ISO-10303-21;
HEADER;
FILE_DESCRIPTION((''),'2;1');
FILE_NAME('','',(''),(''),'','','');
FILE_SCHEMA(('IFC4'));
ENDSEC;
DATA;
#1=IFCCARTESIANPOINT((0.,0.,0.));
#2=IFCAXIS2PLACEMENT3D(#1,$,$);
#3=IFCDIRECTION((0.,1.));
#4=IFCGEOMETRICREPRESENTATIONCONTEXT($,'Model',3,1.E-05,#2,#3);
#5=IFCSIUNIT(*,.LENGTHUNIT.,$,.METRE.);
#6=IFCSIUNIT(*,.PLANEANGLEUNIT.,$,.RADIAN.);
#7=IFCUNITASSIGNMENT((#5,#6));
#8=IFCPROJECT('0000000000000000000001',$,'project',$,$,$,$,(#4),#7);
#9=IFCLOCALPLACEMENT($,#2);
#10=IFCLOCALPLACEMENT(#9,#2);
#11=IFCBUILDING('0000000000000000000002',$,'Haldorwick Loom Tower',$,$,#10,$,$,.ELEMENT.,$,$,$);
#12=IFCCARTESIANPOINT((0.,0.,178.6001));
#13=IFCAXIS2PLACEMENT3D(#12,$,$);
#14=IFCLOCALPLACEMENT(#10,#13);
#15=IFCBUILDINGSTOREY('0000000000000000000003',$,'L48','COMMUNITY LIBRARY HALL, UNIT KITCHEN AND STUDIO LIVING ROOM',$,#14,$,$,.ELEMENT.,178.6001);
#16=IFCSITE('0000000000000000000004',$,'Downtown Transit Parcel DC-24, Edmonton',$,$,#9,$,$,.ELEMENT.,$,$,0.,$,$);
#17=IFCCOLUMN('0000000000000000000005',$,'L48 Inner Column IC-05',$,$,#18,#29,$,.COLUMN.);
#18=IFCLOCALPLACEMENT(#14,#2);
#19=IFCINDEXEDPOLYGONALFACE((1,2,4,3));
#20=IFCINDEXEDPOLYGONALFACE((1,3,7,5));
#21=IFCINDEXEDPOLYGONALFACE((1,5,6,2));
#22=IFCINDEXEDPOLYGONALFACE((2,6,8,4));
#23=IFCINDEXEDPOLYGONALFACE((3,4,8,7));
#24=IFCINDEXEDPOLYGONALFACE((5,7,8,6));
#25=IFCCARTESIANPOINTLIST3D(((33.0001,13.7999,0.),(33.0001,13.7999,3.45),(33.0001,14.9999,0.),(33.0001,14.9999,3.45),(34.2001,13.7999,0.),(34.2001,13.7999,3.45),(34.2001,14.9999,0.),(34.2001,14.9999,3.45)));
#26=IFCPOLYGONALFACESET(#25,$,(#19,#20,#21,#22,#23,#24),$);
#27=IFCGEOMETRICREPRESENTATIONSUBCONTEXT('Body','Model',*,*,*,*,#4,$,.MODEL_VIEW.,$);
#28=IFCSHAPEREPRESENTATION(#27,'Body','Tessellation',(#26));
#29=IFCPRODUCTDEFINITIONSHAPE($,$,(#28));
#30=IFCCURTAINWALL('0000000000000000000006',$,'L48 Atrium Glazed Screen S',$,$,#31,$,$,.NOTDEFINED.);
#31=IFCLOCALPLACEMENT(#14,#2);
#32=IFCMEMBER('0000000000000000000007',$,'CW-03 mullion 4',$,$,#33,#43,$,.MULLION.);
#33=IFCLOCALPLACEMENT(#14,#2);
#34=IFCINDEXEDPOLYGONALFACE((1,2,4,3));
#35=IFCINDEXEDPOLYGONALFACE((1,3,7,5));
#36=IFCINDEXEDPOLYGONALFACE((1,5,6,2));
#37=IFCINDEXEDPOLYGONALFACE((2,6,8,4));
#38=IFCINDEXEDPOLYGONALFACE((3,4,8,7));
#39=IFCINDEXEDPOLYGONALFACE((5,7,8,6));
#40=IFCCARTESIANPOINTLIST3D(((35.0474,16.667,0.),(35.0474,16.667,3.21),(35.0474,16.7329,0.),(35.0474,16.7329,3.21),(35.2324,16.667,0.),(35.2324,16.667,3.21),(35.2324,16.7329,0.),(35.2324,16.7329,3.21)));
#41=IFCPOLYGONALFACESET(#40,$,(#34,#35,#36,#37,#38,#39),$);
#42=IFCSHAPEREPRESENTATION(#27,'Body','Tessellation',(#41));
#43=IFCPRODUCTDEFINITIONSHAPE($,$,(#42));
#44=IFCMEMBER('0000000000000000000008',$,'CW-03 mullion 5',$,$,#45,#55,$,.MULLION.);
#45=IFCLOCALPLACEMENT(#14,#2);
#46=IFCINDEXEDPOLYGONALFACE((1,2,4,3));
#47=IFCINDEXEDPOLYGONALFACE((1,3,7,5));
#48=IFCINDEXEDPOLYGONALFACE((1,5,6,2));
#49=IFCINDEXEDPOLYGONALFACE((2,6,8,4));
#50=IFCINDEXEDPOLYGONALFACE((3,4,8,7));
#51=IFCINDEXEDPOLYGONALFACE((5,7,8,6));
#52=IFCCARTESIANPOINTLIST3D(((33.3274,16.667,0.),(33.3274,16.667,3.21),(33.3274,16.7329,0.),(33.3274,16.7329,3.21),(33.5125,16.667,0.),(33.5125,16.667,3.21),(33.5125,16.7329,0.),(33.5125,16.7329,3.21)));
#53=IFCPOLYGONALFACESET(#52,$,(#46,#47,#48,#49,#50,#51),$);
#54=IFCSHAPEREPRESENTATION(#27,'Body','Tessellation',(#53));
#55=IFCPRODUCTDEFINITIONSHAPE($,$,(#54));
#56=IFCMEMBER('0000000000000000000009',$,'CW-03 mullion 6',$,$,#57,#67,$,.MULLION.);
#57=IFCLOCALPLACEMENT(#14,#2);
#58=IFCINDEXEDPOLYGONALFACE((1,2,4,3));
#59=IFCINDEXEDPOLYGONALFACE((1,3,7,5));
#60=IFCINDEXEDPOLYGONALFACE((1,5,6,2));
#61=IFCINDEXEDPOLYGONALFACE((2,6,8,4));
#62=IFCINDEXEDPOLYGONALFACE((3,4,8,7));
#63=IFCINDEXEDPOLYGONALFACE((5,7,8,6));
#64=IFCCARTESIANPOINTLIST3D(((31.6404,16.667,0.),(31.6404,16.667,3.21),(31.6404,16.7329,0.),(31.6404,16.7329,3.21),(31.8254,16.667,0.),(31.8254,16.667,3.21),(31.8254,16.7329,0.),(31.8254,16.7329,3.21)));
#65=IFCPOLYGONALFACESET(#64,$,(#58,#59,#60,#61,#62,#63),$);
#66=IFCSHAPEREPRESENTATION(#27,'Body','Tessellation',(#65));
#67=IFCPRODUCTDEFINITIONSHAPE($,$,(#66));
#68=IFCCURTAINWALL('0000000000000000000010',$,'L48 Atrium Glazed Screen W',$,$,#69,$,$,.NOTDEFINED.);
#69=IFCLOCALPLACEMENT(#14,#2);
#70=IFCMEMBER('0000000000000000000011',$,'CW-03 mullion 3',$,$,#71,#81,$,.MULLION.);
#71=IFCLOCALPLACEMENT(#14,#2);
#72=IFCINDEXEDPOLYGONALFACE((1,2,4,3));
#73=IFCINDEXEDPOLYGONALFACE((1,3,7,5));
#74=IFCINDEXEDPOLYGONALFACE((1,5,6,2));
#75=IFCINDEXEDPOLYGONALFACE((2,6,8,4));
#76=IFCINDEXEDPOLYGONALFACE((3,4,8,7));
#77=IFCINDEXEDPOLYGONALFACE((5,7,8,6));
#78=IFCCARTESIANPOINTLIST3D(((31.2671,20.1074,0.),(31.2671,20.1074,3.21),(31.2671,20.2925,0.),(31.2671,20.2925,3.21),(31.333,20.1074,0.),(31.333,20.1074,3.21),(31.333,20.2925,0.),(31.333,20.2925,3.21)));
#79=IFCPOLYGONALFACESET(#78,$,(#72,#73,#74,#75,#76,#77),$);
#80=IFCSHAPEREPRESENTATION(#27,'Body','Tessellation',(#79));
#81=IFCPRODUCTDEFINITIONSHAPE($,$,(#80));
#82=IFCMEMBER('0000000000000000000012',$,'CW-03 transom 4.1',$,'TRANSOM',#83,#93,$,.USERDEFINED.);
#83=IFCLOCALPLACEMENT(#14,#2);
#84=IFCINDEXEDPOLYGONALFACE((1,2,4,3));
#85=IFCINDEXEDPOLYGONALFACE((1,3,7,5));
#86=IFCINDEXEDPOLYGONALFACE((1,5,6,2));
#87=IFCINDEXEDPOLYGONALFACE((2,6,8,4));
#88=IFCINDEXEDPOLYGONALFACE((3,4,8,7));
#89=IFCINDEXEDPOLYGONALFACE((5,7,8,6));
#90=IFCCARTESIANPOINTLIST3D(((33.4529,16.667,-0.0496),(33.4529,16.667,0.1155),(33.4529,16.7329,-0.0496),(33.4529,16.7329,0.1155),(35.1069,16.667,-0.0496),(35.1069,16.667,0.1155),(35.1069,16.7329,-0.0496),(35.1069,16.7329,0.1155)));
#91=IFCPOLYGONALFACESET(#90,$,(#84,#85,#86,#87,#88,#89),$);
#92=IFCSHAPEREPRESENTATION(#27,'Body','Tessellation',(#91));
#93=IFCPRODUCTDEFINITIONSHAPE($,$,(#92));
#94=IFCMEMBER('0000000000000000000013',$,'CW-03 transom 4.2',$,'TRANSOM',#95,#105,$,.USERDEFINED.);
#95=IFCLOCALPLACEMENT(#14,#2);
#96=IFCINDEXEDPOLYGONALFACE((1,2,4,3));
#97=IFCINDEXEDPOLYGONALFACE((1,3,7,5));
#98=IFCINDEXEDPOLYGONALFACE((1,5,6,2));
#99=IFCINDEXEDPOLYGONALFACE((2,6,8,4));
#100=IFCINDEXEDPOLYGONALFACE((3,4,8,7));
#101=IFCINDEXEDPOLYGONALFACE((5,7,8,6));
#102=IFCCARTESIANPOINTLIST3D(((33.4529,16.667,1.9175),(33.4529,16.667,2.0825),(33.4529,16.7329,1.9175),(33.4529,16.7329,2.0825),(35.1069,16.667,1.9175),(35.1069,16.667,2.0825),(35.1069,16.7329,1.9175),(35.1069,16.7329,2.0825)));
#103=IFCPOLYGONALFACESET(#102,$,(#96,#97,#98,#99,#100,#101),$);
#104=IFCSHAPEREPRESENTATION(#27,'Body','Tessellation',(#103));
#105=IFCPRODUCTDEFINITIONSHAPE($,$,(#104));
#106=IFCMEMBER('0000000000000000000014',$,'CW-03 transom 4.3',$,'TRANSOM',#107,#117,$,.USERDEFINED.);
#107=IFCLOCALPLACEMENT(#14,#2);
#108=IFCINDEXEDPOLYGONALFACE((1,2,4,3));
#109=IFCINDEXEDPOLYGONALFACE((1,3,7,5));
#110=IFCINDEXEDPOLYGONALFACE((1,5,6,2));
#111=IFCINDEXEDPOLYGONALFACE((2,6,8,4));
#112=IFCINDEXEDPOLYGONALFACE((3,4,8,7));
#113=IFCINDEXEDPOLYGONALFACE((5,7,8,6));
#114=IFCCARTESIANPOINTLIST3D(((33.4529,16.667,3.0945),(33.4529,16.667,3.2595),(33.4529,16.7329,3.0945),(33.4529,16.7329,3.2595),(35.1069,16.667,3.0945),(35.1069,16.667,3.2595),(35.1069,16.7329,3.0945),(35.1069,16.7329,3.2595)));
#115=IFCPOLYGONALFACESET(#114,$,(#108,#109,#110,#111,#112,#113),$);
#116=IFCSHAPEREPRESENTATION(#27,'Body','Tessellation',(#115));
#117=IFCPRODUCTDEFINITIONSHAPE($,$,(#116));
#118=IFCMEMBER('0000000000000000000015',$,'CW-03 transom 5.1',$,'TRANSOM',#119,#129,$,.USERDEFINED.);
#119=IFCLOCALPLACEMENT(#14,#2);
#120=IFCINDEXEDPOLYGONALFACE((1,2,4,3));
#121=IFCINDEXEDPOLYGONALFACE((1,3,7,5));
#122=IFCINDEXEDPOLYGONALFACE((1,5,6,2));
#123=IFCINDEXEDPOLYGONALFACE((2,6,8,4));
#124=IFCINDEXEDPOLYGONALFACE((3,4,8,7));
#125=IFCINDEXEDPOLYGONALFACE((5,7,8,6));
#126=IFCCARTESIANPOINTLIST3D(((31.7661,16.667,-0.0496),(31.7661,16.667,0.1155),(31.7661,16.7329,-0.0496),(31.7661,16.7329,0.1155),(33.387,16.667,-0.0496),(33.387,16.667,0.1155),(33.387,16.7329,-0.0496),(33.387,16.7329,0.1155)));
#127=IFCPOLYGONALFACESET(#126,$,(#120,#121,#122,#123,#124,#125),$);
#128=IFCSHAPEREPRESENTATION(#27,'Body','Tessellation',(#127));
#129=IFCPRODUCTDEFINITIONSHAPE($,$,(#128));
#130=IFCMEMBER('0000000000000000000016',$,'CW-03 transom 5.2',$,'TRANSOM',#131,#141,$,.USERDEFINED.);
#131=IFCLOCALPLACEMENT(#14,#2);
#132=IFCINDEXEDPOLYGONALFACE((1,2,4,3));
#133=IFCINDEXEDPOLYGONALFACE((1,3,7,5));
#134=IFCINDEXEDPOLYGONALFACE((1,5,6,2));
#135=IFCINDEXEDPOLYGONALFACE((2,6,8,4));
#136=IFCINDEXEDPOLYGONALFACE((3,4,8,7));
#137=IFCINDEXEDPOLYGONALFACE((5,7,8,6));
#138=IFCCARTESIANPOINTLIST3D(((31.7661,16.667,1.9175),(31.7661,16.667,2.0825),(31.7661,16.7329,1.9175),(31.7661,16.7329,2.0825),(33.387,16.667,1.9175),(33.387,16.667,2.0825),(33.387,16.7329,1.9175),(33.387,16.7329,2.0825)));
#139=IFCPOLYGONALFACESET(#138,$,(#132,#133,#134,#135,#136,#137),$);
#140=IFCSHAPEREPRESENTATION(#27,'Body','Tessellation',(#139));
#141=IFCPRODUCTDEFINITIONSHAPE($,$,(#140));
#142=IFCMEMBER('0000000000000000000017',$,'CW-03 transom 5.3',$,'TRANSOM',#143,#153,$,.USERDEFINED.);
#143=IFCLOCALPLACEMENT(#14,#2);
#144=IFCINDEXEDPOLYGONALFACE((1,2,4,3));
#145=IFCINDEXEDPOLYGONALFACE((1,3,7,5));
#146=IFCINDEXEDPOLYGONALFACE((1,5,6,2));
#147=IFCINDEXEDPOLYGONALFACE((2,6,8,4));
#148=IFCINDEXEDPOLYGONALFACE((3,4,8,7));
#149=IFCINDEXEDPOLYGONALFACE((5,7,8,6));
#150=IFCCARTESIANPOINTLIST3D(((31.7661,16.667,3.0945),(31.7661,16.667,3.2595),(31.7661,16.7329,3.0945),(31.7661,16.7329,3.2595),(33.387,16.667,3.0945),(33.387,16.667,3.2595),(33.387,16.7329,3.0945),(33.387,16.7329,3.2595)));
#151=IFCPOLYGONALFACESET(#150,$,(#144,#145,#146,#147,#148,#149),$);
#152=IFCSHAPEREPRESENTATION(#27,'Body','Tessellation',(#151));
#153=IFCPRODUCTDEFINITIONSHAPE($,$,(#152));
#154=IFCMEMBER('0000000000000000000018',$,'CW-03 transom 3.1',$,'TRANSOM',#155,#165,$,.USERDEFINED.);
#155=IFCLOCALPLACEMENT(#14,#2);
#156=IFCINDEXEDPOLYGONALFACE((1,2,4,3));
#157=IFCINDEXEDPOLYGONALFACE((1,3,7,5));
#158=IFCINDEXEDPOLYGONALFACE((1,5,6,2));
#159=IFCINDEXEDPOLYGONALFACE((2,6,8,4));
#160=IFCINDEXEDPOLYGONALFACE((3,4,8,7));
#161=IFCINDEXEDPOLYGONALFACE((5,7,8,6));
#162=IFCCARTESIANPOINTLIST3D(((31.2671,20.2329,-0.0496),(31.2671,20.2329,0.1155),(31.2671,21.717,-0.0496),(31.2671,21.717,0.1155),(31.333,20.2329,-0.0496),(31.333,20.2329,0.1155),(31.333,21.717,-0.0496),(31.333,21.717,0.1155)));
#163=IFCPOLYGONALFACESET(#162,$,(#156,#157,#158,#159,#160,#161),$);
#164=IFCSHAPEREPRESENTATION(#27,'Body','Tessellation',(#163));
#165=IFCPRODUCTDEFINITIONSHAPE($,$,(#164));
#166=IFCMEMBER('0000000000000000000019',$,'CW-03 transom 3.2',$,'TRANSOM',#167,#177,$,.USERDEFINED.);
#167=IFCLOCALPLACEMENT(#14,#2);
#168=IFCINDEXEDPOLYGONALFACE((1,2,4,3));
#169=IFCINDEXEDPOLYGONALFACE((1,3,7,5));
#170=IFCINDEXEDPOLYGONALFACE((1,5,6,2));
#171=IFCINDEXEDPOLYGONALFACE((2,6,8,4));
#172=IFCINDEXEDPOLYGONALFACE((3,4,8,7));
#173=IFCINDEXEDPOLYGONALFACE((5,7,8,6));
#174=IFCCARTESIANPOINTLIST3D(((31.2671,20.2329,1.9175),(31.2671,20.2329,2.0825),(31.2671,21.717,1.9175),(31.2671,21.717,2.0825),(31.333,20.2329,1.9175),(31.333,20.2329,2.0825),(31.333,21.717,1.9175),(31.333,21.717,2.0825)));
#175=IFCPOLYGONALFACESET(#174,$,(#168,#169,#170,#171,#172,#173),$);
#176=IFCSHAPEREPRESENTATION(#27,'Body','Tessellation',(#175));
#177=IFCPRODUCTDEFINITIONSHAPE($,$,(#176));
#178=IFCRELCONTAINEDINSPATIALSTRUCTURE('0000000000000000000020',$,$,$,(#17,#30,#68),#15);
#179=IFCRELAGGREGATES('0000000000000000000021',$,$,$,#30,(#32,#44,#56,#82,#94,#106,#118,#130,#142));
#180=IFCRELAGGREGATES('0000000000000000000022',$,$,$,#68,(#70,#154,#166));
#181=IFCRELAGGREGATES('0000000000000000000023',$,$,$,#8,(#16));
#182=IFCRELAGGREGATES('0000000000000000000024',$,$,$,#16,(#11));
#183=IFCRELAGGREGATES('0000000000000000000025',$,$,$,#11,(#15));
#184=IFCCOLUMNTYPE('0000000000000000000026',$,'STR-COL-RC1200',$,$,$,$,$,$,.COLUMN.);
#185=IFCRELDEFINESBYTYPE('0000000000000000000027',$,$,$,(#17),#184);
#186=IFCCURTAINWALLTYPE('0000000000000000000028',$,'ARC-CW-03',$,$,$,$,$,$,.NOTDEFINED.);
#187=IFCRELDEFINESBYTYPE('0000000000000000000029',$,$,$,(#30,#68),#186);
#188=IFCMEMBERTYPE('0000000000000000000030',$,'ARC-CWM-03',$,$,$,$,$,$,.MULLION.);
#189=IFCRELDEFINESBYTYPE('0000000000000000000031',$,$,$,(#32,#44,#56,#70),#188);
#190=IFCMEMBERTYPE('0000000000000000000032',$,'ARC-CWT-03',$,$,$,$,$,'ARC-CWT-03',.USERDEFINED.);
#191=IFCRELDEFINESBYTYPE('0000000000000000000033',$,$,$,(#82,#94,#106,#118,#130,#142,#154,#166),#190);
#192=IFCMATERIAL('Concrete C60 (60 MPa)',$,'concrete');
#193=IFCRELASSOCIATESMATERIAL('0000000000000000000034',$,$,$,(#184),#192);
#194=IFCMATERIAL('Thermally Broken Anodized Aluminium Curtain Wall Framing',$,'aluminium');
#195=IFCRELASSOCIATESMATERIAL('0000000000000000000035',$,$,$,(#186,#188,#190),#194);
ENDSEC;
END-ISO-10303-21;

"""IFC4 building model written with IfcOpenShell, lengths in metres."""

from ifc_helpers import new_model, si_unit, direction, frame, origin, origin_2d, place, context, subcontext, project, spatial, rectangle, extrude, material, material_profile, profile_set, type_object, element, aggregate, save


model = new_model("IFC4")

# Units and contexts
model_context = context("Model", 3, precision=1e-05, world=origin(), true_north=direction((0.0, 1.0)))
body_context = subcontext(model_context, "Body", "Model", "MODEL_VIEW")
ifc_project = project(units=[si_unit("LENGTHUNIT", "METRE"), si_unit("PLANEANGLEUNIT", "RADIAN")], contexts=[model_context])

# Site, building, storey
site_placement = place(None, origin())
site = spatial("IfcSite", under=ifc_project, at=site_placement, Name="Downtown Transit Parcel DC-24, Edmonton", CompositionType="ELEMENT", RefElevation=0.0)
building_placement = place(site_placement, origin())
building = spatial("IfcBuilding", under=site, at=building_placement, Name="Haldorwick Loom Tower", CompositionType="ELEMENT")
storey_placement = place(building_placement, frame((0.0, 0.0, 178.6001)))
storey = spatial("IfcBuildingStorey", under=building, at=storey_placement, Name="L48", Description="COMMUNITY LIBRARY HALL, UNIT KITCHEN AND STUDIO LIVING ROOM", CompositionType="ELEMENT", Elevation=178.6001)

# Column
ifc_material_1 = material(Name="Concrete C60 (60 MPa)", Category="concrete")
ifc_material_profile_1 = material_profile(ifc_material_1, rectangle(XDim=1.2, YDim=1.2, at=origin_2d()), Name="RC1200X1200", Category="concrete")
ifc_profile_set_1 = profile_set([ifc_material_profile_1], Name="Concrete C60 (60 MPa)")
column_type = type_object("IfcColumnType", Name="STR-COL-RC1200", PredefinedType="COLUMN", material=ifc_profile_set_1)
column_placement = place(storey_placement, frame((33.6001, 14.3999, 0.0), z_axis=(0.0, 0.0, 1.0), x_axis=(1.0, 0.0, 0.0)))
element("IfcColumn", 1, at=column_placement, inside=storey, type_object=column_type, Name="L48 Inner Column IC-05", PredefinedType="COLUMN", context=body_context, shape_type="SweptSolid", body=[
    extrude(rectangle(XDim=1.2, YDim=1.2, at=origin_2d()), origin(), (0.0, 0.0, 1.0), 3.45),
])

# Curtain wall, members
ifc_material_2 = material(Name="Thermally Broken Anodized Aluminium Curtain Wall Framing", Category="aluminium")
curtain_wall_type = type_object("IfcCurtainWallType", Name="ARC-CW-03", PredefinedType="NOTDEFINED", material=ifc_material_2)
curtain_wall_1_placement = place(storey_placement, origin())
curtain_wall_1 = element("IfcCurtainWall", 2, at=curtain_wall_1_placement, inside=storey, type_object=curtain_wall_type, Name="L48 Atrium Glazed Screen S", PredefinedType="NOTDEFINED")
ifc_material_profile_2 = material_profile(ifc_material_2, rectangle(XDim=0.0659, YDim=0.1851, at=origin_2d()), Name="ALU_MUL_66X185", Category="aluminium")
ifc_profile_set_2 = profile_set([ifc_material_profile_2], Name="Thermally Broken Anodized Aluminium Curtain Wall Framing")
member_type_1 = type_object("IfcMemberType", Name="ARC-CWM-03", PredefinedType="MULLION", material=ifc_profile_set_2)
member_1_placement = place(storey_placement, frame((35.1399, 16.7, 0.0), z_axis=(0.0, 0.0, 1.0), x_axis=(0.0, -1.0, 0.0)))
member_1 = element("IfcMember", 3, at=member_1_placement, type_object=member_type_1, Name="CW-03 mullion 4", PredefinedType="MULLION", context=body_context, shape_type="SweptSolid", body=[
    extrude(rectangle(XDim=0.0659, YDim=0.1851, at=origin_2d()), origin(), (0.0, 0.0, 1.0), 3.21),
])
member_2_placement = place(storey_placement, frame((33.4199, 16.7, 0.0), z_axis=(0.0, 0.0, 1.0), x_axis=(0.0, -1.0, 0.0)))
member_2 = element("IfcMember", 4, at=member_2_placement, type_object=member_type_1, Name="CW-03 mullion 5", PredefinedType="MULLION", context=body_context, shape_type="SweptSolid", body=[
    extrude(rectangle(XDim=0.0659, YDim=0.1851, at=origin_2d()), origin(), (0.0, 0.0, 1.0), 3.21),
])
member_3_placement = place(storey_placement, frame((31.7329, 16.7, 0.0), z_axis=(0.0, 0.0, 1.0), x_axis=(0.0, -1.0, 0.0)))
member_3 = element("IfcMember", 5, at=member_3_placement, type_object=member_type_1, Name="CW-03 mullion 6", PredefinedType="MULLION", context=body_context, shape_type="SweptSolid", body=[
    extrude(rectangle(XDim=0.0659, YDim=0.1851, at=origin_2d()), origin(), (0.0, 0.0, 1.0), 3.21),
])

# Curtain wall, member
curtain_wall_2_placement = place(storey_placement, origin())
curtain_wall_2 = element("IfcCurtainWall", 6, at=curtain_wall_2_placement, inside=storey, type_object=curtain_wall_type, Name="L48 Atrium Glazed Screen W", PredefinedType="NOTDEFINED")
member_4_placement = place(storey_placement, frame((31.3, 20.2, 0.0), z_axis=(0.0, 0.0, 1.0), x_axis=(-1.0, 0.0, 0.0)))
member_4 = element("IfcMember", 7, at=member_4_placement, type_object=member_type_1, Name="CW-03 mullion 3", PredefinedType="MULLION", context=body_context, shape_type="SweptSolid", body=[
    extrude(rectangle(XDim=0.0659, YDim=0.1851, at=origin_2d()), origin(), (0.0, 0.0, 1.0), 3.21),
])

# Members
ifc_material_profile_3 = material_profile(ifc_material_2, rectangle(XDim=0.0659, YDim=0.165, at=origin_2d()), Name="ALU_TRN_66X165", Category="aluminium")
ifc_profile_set_3 = profile_set([ifc_material_profile_3], Name="Thermally Broken Anodized Aluminium Curtain Wall Framing")
member_type_2 = type_object("IfcMemberType", Name="ARC-CWT-03", ElementType="ARC-CWT-03", PredefinedType="USERDEFINED", material=ifc_profile_set_3)
member_5_placement = place(storey_placement, frame((35.1069, 16.7, 0.033), z_axis=(-1.0, 0.0, 0.0), x_axis=(0.0, -1.0, 0.0)))
member_5 = element("IfcMember", 8, at=member_5_placement, type_object=member_type_2, Name="CW-03 transom 4.1", ObjectType="TRANSOM", PredefinedType="USERDEFINED", context=body_context, shape_type="SweptSolid", body=[
    extrude(rectangle(XDim=0.0659, YDim=0.165, at=origin_2d()), origin(), (0.0, 0.0, 1.0), 1.6541),
])
member_6_placement = place(storey_placement, frame((35.1069, 16.7, 2.0), z_axis=(-1.0, 0.0, 0.0), x_axis=(0.0, -1.0, 0.0)))
member_6 = element("IfcMember", 9, at=member_6_placement, type_object=member_type_2, Name="CW-03 transom 4.2", ObjectType="TRANSOM", PredefinedType="USERDEFINED", context=body_context, shape_type="SweptSolid", body=[
    extrude(rectangle(XDim=0.0659, YDim=0.165, at=origin_2d()), origin(), (0.0, 0.0, 1.0), 1.6541),
])
member_7_placement = place(storey_placement, frame((35.1069, 16.7, 3.177), z_axis=(-1.0, 0.0, 0.0), x_axis=(0.0, -1.0, 0.0)))
member_7 = element("IfcMember", 10, at=member_7_placement, type_object=member_type_2, Name="CW-03 transom 4.3", ObjectType="TRANSOM", PredefinedType="USERDEFINED", context=body_context, shape_type="SweptSolid", body=[
    extrude(rectangle(XDim=0.0659, YDim=0.165, at=origin_2d()), origin(), (0.0, 0.0, 1.0), 1.6541),
])
member_8_placement = place(storey_placement, frame((33.387, 16.7, 0.033), z_axis=(-1.0, 0.0, 0.0), x_axis=(0.0, -1.0, 0.0)))
member_8 = element("IfcMember", 11, at=member_8_placement, type_object=member_type_2, Name="CW-03 transom 5.1", ObjectType="TRANSOM", PredefinedType="USERDEFINED", context=body_context, shape_type="SweptSolid", body=[
    extrude(rectangle(XDim=0.0659, YDim=0.165, at=origin_2d()), origin(), (0.0, 0.0, 1.0), 1.6208),
])
member_9_placement = place(storey_placement, frame((33.387, 16.7, 2.0), z_axis=(-1.0, 0.0, 0.0), x_axis=(0.0, -1.0, 0.0)))
member_9 = element("IfcMember", 12, at=member_9_placement, type_object=member_type_2, Name="CW-03 transom 5.2", ObjectType="TRANSOM", PredefinedType="USERDEFINED", context=body_context, shape_type="SweptSolid", body=[
    extrude(rectangle(XDim=0.0659, YDim=0.165, at=origin_2d()), origin(), (0.0, 0.0, 1.0), 1.6208),
])
member_10_placement = place(storey_placement, frame((33.387, 16.7, 3.177), z_axis=(-1.0, 0.0, 0.0), x_axis=(0.0, -1.0, 0.0)))
member_10 = element("IfcMember", 13, at=member_10_placement, type_object=member_type_2, Name="CW-03 transom 5.3", ObjectType="TRANSOM", PredefinedType="USERDEFINED", context=body_context, shape_type="SweptSolid", body=[
    extrude(rectangle(XDim=0.0659, YDim=0.165, at=origin_2d()), origin(), (0.0, 0.0, 1.0), 1.6208),
])
member_11_placement = place(storey_placement, frame((31.3, 20.2329, 0.033), z_axis=(0.0, 1.0, 0.0), x_axis=(-1.0, 0.0, 0.0)))
member_11 = element("IfcMember", 14, at=member_11_placement, type_object=member_type_2, Name="CW-03 transom 3.1", ObjectType="TRANSOM", PredefinedType="USERDEFINED", context=body_context, shape_type="SweptSolid", body=[
    extrude(rectangle(XDim=0.0659, YDim=0.165, at=origin_2d()), origin(), (0.0, 0.0, 1.0), 1.4841),
])
member_12_placement = place(storey_placement, frame((31.3, 20.2329, 2.0), z_axis=(0.0, 1.0, 0.0), x_axis=(-1.0, 0.0, 0.0)))
member_12 = element("IfcMember", 15, at=member_12_placement, type_object=member_type_2, Name="CW-03 transom 3.2", ObjectType="TRANSOM", PredefinedType="USERDEFINED", context=body_context, shape_type="SweptSolid", body=[
    extrude(rectangle(XDim=0.0659, YDim=0.165, at=origin_2d()), origin(), (0.0, 0.0, 1.0), 1.4841),
])

aggregate(curtain_wall_1, [member_1, member_2, member_3, member_5, member_6, member_7, member_8, member_9, member_10])
aggregate(curtain_wall_2, [member_4, member_11, member_12])

save(model, "model.ifc")
